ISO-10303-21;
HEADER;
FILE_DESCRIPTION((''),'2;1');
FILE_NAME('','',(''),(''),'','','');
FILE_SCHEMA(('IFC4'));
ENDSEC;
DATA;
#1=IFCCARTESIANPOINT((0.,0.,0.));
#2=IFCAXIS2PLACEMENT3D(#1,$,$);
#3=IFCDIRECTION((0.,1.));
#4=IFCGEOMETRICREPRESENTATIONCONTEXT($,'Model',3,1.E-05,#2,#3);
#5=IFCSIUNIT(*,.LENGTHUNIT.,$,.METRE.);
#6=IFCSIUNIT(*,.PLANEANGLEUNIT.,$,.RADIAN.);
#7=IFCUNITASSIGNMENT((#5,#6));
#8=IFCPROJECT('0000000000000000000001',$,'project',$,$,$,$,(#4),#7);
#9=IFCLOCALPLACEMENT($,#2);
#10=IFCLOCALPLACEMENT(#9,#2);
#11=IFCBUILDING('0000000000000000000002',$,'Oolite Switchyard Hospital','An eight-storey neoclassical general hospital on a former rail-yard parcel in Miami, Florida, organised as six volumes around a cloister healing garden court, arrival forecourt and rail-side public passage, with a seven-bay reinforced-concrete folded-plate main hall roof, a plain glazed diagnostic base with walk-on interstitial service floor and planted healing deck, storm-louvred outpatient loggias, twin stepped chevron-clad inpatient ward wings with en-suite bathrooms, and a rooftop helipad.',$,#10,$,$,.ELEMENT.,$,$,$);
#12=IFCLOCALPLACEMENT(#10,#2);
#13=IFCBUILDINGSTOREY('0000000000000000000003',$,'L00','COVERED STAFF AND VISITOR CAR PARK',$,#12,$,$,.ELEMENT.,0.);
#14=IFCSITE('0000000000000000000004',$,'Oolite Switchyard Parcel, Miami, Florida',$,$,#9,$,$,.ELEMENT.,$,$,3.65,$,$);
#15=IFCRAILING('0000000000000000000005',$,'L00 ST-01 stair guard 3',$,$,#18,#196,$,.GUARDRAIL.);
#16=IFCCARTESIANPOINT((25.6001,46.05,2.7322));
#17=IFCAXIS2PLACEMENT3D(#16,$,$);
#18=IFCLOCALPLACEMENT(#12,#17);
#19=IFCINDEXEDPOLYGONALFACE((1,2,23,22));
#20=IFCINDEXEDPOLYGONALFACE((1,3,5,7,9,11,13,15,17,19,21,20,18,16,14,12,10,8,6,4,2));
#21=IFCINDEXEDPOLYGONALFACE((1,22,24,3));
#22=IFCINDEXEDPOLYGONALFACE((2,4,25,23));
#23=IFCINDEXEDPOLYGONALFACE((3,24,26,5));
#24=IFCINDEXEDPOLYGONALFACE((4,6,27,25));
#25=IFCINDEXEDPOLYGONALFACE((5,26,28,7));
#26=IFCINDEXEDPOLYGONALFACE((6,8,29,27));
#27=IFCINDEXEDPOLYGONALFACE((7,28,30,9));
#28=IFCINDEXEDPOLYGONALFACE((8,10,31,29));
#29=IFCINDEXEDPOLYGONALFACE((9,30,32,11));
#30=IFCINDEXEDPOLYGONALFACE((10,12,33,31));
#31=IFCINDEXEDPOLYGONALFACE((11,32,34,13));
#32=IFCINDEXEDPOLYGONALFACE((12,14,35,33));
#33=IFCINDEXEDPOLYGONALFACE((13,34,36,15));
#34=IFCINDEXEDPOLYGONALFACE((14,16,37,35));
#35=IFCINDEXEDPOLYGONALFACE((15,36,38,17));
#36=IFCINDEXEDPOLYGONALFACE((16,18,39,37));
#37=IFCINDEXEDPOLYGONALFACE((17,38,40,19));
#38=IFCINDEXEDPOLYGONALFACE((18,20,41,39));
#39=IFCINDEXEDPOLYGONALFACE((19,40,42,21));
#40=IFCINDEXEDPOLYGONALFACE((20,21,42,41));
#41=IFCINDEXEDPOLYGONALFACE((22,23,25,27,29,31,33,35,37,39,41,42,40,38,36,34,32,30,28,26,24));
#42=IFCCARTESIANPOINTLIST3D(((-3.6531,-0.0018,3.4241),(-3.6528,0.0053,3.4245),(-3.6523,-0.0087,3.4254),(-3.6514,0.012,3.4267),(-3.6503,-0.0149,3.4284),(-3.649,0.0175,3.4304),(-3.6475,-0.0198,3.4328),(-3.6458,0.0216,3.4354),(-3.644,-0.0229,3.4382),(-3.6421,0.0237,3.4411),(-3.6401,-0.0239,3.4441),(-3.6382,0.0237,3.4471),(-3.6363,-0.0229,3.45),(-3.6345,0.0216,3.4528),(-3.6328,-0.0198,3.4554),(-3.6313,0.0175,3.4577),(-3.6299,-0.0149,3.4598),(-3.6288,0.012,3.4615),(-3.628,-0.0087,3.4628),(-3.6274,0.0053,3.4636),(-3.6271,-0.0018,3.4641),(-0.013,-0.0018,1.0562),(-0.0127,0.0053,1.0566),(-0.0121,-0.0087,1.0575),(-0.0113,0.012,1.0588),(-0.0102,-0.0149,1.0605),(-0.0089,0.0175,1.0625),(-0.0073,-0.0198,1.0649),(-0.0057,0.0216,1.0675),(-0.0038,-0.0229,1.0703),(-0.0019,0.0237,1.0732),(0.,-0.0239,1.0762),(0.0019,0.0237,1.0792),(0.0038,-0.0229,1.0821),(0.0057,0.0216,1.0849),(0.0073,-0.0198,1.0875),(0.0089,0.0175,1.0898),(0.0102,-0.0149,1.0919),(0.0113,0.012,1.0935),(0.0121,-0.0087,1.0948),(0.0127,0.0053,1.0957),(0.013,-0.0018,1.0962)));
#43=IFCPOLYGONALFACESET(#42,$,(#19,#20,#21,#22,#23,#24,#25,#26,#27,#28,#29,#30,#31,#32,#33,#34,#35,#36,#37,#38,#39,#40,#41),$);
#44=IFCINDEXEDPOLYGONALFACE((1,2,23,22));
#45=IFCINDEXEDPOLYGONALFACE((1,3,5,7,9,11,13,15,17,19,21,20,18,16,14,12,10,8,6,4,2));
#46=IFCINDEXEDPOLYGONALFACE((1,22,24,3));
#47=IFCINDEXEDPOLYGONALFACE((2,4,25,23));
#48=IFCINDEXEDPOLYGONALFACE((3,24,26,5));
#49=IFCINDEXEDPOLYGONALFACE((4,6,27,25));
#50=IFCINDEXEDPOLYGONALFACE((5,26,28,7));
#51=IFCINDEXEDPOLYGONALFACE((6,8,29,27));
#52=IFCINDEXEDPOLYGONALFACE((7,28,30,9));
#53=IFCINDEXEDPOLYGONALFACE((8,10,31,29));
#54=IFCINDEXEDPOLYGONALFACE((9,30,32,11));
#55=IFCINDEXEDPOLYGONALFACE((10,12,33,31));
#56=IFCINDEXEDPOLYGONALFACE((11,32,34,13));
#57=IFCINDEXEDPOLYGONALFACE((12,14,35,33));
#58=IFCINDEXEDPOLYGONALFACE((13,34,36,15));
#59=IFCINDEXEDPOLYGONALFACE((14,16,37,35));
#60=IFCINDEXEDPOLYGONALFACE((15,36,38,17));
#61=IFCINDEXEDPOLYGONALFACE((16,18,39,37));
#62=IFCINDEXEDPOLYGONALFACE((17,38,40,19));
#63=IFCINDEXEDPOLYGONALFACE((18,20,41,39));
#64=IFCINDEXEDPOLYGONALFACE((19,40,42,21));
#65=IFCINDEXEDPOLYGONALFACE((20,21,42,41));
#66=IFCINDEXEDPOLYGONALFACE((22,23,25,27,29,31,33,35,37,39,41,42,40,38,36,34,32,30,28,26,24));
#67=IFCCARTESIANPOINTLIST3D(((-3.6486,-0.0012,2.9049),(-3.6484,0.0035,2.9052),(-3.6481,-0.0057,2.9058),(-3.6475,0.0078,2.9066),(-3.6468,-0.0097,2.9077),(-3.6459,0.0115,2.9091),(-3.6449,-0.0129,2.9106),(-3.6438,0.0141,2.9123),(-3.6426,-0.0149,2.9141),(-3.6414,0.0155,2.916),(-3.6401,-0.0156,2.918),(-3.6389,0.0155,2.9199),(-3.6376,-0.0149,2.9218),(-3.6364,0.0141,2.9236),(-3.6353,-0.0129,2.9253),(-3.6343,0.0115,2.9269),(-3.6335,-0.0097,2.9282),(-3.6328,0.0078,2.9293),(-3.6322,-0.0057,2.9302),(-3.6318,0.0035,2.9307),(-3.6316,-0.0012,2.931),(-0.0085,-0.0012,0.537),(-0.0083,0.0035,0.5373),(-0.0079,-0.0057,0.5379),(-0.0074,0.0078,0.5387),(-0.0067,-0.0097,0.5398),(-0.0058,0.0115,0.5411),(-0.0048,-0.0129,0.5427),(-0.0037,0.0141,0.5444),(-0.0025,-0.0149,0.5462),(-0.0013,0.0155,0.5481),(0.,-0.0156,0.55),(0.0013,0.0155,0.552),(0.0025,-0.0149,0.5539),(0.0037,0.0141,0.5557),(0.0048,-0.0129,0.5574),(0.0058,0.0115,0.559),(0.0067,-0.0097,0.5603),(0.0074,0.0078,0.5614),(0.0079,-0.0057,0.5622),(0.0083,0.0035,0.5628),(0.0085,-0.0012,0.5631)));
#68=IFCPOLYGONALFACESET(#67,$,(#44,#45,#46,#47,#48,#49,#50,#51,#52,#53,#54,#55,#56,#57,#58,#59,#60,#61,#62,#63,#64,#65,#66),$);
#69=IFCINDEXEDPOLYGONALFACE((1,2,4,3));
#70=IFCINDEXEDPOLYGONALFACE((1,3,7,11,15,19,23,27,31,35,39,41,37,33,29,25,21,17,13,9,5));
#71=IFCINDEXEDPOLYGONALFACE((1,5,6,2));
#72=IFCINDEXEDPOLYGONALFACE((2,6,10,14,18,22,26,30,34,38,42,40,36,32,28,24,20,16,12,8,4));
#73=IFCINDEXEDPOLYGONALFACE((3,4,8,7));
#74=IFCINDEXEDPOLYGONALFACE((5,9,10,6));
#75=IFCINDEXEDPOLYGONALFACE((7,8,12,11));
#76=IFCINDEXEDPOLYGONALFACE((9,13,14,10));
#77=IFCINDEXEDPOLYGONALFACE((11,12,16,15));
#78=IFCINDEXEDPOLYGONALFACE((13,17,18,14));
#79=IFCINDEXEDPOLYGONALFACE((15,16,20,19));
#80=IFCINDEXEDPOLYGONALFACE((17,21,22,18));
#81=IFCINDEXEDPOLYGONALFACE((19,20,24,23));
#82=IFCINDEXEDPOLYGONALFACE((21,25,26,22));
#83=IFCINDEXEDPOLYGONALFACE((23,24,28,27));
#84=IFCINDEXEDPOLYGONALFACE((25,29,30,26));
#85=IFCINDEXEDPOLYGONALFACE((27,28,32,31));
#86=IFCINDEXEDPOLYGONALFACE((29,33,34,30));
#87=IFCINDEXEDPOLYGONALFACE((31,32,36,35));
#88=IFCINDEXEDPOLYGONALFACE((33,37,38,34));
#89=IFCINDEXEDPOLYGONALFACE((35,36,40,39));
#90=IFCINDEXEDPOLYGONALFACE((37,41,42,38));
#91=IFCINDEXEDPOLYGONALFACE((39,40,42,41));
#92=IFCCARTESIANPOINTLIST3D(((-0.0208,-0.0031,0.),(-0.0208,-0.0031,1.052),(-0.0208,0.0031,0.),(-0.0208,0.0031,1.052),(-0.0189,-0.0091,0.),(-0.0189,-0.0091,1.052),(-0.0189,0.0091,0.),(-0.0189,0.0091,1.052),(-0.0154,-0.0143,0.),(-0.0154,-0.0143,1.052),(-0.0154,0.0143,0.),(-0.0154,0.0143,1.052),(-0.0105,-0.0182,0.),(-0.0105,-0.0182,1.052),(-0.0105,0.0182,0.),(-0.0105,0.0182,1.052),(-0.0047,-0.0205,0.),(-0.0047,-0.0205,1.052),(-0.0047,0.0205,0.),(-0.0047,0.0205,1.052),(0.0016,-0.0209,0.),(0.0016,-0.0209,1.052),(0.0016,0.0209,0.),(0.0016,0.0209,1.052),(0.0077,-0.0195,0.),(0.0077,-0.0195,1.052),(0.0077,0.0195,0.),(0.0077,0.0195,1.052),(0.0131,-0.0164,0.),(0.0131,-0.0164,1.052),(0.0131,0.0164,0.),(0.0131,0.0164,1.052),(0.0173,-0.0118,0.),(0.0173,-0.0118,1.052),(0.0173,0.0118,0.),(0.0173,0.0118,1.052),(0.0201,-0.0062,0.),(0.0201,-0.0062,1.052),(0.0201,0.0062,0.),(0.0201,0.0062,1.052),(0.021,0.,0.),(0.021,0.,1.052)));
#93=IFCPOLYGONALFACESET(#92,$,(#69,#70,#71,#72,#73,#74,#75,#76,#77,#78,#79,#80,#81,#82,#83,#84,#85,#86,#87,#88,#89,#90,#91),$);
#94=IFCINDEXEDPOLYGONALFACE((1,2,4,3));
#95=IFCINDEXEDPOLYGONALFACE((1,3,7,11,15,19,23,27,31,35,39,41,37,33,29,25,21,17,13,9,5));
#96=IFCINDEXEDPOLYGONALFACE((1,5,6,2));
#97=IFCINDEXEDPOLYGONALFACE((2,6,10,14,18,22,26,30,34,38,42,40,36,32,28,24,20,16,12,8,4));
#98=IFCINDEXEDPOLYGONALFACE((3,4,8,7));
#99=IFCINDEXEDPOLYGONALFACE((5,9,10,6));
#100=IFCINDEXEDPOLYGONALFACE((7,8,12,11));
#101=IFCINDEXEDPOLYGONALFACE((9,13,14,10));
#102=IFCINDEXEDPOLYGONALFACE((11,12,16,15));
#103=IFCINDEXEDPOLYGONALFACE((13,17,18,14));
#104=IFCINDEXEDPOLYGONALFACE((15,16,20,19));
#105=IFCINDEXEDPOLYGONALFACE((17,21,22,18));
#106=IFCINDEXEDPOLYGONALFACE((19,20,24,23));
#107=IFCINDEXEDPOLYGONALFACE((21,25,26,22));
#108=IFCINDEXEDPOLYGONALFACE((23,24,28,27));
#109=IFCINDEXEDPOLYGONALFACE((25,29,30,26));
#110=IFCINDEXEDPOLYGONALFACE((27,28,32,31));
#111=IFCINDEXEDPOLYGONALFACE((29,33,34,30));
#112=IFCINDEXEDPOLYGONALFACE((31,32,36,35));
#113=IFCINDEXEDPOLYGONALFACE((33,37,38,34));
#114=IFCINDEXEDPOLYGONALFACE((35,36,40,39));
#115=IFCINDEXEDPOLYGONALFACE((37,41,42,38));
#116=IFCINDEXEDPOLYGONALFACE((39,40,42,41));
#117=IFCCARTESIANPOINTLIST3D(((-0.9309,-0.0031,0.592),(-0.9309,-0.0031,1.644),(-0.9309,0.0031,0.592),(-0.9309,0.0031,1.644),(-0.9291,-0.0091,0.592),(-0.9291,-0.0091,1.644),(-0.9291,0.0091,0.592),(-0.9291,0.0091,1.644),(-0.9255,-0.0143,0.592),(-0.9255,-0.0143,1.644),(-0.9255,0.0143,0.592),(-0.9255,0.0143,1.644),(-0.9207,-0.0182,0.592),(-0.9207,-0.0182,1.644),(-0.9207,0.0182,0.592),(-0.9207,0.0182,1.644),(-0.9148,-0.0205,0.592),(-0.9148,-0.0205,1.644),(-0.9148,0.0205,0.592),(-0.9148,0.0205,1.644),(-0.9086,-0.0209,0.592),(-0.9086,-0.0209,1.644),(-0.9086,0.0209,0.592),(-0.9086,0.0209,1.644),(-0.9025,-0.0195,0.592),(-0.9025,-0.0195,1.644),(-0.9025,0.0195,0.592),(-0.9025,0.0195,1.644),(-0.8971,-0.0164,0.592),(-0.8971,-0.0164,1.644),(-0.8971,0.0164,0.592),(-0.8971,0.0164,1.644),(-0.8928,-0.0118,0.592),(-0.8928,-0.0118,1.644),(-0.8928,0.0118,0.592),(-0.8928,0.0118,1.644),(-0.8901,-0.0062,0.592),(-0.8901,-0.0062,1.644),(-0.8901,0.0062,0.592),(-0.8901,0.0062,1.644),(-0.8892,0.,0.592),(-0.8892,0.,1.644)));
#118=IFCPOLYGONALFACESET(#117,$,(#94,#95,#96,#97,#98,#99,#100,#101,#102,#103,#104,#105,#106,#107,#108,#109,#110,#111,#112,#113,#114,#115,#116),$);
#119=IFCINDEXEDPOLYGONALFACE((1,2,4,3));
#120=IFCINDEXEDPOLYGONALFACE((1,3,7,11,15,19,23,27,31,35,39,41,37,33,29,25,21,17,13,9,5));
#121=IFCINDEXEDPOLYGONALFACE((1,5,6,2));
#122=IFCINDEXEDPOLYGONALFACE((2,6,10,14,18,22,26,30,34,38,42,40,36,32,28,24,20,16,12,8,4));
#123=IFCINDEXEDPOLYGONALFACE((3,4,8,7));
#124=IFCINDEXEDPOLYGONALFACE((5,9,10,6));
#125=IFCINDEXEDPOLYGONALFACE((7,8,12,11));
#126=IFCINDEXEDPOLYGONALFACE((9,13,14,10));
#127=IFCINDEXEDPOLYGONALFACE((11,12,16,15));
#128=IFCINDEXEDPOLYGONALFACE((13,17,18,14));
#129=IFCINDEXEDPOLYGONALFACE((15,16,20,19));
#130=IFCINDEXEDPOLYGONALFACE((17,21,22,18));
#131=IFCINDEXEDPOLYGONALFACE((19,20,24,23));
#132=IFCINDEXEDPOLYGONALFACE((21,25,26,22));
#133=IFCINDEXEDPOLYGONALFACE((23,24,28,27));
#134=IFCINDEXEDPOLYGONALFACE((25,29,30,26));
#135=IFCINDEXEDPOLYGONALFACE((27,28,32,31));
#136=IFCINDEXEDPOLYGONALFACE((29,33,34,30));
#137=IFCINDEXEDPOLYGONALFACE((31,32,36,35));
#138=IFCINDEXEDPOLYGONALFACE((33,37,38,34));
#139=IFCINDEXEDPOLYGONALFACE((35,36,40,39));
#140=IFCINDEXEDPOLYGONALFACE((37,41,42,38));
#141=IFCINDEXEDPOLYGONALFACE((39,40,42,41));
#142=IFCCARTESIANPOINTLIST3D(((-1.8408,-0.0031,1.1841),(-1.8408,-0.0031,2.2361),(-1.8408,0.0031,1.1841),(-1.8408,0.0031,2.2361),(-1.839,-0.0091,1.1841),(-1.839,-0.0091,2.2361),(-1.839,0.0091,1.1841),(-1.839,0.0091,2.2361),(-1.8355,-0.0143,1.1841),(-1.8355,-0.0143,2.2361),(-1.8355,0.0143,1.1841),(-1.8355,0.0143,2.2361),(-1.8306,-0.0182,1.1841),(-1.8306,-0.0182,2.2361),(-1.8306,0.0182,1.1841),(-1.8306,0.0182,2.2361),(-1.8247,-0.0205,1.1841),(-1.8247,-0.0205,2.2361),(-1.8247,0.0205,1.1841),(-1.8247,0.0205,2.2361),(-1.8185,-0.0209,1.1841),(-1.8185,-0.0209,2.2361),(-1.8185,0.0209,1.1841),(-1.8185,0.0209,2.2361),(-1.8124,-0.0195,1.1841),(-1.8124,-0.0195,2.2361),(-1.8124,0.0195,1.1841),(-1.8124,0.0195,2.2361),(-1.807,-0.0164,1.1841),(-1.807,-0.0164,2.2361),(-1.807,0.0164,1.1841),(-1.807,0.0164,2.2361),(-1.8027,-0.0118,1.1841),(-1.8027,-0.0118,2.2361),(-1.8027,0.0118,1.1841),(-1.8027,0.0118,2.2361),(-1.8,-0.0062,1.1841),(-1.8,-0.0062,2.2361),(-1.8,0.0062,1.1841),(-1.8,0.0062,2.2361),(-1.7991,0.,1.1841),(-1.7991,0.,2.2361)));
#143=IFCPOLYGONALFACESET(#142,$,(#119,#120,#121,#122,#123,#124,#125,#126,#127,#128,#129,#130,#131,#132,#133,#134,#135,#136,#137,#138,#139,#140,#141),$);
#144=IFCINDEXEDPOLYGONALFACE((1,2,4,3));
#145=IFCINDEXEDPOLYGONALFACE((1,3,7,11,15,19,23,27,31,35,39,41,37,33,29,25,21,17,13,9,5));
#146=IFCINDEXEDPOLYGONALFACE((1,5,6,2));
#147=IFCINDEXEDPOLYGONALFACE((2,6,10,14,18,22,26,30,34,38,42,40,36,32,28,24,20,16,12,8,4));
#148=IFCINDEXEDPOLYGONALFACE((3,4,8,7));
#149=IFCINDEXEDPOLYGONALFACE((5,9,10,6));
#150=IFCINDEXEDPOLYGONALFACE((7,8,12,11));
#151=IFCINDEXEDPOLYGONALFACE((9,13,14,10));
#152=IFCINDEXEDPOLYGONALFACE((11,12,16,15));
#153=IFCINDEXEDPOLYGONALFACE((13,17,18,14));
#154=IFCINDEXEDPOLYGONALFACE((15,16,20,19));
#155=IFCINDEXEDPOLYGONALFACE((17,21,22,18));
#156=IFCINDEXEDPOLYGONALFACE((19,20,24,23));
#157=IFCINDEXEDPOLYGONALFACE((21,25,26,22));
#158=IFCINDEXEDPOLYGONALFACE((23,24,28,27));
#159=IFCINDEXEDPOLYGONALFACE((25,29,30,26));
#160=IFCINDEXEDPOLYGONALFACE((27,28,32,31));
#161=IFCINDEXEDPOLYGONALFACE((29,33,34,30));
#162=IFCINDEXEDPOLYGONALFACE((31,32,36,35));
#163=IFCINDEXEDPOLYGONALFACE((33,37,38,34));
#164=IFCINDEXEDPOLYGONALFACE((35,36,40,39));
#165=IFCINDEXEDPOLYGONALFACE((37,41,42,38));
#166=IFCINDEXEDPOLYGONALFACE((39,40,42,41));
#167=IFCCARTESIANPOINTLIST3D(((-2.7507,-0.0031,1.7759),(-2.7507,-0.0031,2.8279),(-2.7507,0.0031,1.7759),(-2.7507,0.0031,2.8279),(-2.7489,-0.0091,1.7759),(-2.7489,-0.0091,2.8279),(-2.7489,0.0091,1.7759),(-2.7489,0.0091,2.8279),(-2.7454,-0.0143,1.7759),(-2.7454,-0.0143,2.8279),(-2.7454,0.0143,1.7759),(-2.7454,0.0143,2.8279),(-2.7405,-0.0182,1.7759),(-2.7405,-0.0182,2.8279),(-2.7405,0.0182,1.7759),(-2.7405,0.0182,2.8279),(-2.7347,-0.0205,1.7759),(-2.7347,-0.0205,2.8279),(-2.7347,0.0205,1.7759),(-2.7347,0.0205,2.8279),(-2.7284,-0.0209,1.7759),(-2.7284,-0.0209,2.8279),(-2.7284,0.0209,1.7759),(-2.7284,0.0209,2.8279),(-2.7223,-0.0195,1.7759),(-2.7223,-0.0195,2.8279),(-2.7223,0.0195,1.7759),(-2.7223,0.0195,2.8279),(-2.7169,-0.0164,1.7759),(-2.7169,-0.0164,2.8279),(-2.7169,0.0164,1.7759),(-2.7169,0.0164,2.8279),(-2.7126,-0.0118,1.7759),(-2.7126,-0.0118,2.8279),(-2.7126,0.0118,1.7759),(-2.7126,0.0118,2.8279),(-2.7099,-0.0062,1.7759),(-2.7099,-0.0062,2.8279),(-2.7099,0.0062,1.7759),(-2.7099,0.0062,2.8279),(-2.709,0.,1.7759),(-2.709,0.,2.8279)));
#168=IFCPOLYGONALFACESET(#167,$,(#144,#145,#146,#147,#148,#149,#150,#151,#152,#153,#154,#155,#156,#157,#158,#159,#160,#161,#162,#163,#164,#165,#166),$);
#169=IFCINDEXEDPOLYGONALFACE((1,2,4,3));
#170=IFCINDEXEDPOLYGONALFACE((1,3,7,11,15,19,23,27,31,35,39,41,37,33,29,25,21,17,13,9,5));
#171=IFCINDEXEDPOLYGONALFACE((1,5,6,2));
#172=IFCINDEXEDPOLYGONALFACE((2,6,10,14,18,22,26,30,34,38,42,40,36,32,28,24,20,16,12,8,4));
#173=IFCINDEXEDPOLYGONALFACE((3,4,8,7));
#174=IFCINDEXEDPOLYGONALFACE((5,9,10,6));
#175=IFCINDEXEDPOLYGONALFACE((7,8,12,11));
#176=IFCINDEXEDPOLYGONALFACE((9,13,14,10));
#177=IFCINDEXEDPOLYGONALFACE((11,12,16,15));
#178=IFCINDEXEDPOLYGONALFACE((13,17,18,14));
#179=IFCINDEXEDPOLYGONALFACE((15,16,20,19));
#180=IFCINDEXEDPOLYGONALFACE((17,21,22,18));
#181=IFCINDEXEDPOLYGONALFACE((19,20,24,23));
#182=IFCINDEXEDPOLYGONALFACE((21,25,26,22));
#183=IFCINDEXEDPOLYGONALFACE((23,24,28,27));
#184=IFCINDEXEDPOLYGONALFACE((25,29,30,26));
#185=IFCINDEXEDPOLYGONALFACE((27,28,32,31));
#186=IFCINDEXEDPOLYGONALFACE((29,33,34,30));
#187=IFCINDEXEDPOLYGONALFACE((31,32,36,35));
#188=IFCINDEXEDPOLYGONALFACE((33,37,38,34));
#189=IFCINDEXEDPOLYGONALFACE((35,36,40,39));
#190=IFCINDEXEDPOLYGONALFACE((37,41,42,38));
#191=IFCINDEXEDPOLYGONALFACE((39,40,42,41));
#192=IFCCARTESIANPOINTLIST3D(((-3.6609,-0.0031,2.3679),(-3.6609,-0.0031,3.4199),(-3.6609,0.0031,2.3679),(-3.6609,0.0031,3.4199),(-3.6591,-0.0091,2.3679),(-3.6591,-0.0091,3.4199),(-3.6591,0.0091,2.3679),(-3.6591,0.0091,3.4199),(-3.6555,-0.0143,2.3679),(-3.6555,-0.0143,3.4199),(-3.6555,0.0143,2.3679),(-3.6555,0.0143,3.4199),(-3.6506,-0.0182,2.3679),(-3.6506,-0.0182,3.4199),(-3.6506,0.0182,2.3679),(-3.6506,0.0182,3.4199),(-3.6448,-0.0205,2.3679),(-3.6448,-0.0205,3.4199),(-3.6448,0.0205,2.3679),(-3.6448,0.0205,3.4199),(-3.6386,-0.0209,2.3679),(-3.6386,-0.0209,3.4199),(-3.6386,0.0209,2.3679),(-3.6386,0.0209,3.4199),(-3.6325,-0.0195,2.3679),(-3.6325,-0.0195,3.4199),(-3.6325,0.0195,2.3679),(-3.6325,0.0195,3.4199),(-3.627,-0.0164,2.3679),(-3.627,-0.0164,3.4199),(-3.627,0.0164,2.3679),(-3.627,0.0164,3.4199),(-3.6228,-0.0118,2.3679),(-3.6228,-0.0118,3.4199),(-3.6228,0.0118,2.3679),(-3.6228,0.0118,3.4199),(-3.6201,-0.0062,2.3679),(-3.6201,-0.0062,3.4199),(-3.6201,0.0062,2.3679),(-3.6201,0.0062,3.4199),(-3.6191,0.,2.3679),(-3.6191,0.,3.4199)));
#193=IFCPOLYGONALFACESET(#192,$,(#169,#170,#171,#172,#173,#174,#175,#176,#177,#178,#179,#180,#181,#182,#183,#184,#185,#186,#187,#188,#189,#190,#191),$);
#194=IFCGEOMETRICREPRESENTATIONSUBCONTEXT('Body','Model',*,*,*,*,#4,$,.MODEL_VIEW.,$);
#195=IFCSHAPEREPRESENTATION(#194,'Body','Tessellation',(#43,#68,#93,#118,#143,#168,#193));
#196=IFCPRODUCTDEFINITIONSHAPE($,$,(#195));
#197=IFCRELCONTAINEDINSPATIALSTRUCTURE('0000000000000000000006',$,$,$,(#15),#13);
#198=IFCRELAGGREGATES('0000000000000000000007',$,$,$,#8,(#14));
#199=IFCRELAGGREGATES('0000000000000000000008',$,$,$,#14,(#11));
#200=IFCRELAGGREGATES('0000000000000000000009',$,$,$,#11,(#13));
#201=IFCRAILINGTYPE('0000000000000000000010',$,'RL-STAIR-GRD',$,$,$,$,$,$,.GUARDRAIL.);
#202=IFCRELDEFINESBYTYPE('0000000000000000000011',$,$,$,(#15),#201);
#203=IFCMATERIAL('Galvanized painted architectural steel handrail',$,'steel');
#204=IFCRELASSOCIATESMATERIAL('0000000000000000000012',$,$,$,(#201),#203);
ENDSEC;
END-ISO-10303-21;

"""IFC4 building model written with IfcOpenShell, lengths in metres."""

from ifc_helpers import new_model, si_unit, direction, frame, origin, origin_2d, place, context, subcontext, project, spatial, circle, extrude, material, type_object, element, save


model = new_model("IFC4")

# Units and contexts
model_context = context("Model", 3, precision=1e-05, world=origin(), true_north=direction((0.0, 1.0)))
body_context = subcontext(model_context, "Body", "Model", "MODEL_VIEW")
ifc_project = project(units=[si_unit("LENGTHUNIT", "METRE"), si_unit("PLANEANGLEUNIT", "RADIAN")], contexts=[model_context])

# Site, building, storey
site_placement = place(None, origin())
site = spatial("IfcSite", under=ifc_project, at=site_placement, Name="Oolite Switchyard Parcel, Miami, Florida", CompositionType="ELEMENT", RefElevation=3.65)
building_placement = place(site_placement, origin())
building = spatial("IfcBuilding", under=site, at=building_placement, Name="Oolite Switchyard Hospital", Description="An eight-storey neoclassical general hospital on a former rail-yard parcel in Miami, Florida, organised as six volumes around a cloister healing garden court, arrival forecourt and rail-side public passage, with a seven-bay reinforced-concrete folded-plate main hall roof, a plain glazed diagnostic base with walk-on interstitial service floor and planted healing deck, storm-louvred outpatient loggias, twin stepped chevron-clad inpatient ward wings with en-suite bathrooms, and a rooftop helipad.", CompositionType="ELEMENT")
storey_placement = place(building_placement, origin())
storey = spatial("IfcBuildingStorey", under=building, at=storey_placement, Name="L00", Description="COVERED STAFF AND VISITOR CAR PARK", CompositionType="ELEMENT", Elevation=0.0)

# Railing
ifc_material_1 = material(Name="Galvanized painted architectural steel handrail", Category="steel")
railing_type_1 = type_object("IfcRailingType", Name="RL-STAIR-GRD", PredefinedType="GUARDRAIL", material=ifc_material_1)
railing_1_placement = place(storey_placement, frame((25.6001, 46.05, 2.7322)))
element("IfcRailing", 1, at=railing_1_placement, inside=storey, type_object=railing_type_1, Name="L00 ST-01 stair guard 3", PredefinedType="GUARDRAIL", context=body_context, shape_type="SweptSolid", body=[
    extrude(circle(Radius=0.0239, at=origin_2d()), frame((0.0, 0.0, 1.0762), z_axis=(-0.838251, 0.0, 0.545285), x_axis=(0.0, -1.0, 0.0)), (0.0, 0.0, 1.0), 4.3425),
    extrude(circle(Radius=0.0156, at=origin_2d()), frame((0.0, 0.0, 0.55), z_axis=(-0.838251, 0.0, 0.545285), x_axis=(0.0, -1.0, 0.0)), (0.0, 0.0, 1.0), 4.3425),
    extrude(circle(Radius=0.021, at=origin_2d()), origin(), (0.0, 0.0, 1.0), 1.052),
    extrude(circle(Radius=0.021, at=origin_2d()), frame((-0.9102, 0.0, 0.592)), (0.0, 0.0, 1.0), 1.052),
    extrude(circle(Radius=0.021, at=origin_2d()), frame((-1.8201, 0.0, 1.1841)), (0.0, 0.0, 1.0), 1.052),
    extrude(circle(Radius=0.021, at=origin_2d()), frame((-2.73, 0.0, 1.7759)), (0.0, 0.0, 1.0), 1.052),
    extrude(circle(Radius=0.021, at=origin_2d()), frame((-3.6401, 0.0, 2.3679)), (0.0, 0.0, 1.0), 1.052),
])

save(model, "model.ifc")
